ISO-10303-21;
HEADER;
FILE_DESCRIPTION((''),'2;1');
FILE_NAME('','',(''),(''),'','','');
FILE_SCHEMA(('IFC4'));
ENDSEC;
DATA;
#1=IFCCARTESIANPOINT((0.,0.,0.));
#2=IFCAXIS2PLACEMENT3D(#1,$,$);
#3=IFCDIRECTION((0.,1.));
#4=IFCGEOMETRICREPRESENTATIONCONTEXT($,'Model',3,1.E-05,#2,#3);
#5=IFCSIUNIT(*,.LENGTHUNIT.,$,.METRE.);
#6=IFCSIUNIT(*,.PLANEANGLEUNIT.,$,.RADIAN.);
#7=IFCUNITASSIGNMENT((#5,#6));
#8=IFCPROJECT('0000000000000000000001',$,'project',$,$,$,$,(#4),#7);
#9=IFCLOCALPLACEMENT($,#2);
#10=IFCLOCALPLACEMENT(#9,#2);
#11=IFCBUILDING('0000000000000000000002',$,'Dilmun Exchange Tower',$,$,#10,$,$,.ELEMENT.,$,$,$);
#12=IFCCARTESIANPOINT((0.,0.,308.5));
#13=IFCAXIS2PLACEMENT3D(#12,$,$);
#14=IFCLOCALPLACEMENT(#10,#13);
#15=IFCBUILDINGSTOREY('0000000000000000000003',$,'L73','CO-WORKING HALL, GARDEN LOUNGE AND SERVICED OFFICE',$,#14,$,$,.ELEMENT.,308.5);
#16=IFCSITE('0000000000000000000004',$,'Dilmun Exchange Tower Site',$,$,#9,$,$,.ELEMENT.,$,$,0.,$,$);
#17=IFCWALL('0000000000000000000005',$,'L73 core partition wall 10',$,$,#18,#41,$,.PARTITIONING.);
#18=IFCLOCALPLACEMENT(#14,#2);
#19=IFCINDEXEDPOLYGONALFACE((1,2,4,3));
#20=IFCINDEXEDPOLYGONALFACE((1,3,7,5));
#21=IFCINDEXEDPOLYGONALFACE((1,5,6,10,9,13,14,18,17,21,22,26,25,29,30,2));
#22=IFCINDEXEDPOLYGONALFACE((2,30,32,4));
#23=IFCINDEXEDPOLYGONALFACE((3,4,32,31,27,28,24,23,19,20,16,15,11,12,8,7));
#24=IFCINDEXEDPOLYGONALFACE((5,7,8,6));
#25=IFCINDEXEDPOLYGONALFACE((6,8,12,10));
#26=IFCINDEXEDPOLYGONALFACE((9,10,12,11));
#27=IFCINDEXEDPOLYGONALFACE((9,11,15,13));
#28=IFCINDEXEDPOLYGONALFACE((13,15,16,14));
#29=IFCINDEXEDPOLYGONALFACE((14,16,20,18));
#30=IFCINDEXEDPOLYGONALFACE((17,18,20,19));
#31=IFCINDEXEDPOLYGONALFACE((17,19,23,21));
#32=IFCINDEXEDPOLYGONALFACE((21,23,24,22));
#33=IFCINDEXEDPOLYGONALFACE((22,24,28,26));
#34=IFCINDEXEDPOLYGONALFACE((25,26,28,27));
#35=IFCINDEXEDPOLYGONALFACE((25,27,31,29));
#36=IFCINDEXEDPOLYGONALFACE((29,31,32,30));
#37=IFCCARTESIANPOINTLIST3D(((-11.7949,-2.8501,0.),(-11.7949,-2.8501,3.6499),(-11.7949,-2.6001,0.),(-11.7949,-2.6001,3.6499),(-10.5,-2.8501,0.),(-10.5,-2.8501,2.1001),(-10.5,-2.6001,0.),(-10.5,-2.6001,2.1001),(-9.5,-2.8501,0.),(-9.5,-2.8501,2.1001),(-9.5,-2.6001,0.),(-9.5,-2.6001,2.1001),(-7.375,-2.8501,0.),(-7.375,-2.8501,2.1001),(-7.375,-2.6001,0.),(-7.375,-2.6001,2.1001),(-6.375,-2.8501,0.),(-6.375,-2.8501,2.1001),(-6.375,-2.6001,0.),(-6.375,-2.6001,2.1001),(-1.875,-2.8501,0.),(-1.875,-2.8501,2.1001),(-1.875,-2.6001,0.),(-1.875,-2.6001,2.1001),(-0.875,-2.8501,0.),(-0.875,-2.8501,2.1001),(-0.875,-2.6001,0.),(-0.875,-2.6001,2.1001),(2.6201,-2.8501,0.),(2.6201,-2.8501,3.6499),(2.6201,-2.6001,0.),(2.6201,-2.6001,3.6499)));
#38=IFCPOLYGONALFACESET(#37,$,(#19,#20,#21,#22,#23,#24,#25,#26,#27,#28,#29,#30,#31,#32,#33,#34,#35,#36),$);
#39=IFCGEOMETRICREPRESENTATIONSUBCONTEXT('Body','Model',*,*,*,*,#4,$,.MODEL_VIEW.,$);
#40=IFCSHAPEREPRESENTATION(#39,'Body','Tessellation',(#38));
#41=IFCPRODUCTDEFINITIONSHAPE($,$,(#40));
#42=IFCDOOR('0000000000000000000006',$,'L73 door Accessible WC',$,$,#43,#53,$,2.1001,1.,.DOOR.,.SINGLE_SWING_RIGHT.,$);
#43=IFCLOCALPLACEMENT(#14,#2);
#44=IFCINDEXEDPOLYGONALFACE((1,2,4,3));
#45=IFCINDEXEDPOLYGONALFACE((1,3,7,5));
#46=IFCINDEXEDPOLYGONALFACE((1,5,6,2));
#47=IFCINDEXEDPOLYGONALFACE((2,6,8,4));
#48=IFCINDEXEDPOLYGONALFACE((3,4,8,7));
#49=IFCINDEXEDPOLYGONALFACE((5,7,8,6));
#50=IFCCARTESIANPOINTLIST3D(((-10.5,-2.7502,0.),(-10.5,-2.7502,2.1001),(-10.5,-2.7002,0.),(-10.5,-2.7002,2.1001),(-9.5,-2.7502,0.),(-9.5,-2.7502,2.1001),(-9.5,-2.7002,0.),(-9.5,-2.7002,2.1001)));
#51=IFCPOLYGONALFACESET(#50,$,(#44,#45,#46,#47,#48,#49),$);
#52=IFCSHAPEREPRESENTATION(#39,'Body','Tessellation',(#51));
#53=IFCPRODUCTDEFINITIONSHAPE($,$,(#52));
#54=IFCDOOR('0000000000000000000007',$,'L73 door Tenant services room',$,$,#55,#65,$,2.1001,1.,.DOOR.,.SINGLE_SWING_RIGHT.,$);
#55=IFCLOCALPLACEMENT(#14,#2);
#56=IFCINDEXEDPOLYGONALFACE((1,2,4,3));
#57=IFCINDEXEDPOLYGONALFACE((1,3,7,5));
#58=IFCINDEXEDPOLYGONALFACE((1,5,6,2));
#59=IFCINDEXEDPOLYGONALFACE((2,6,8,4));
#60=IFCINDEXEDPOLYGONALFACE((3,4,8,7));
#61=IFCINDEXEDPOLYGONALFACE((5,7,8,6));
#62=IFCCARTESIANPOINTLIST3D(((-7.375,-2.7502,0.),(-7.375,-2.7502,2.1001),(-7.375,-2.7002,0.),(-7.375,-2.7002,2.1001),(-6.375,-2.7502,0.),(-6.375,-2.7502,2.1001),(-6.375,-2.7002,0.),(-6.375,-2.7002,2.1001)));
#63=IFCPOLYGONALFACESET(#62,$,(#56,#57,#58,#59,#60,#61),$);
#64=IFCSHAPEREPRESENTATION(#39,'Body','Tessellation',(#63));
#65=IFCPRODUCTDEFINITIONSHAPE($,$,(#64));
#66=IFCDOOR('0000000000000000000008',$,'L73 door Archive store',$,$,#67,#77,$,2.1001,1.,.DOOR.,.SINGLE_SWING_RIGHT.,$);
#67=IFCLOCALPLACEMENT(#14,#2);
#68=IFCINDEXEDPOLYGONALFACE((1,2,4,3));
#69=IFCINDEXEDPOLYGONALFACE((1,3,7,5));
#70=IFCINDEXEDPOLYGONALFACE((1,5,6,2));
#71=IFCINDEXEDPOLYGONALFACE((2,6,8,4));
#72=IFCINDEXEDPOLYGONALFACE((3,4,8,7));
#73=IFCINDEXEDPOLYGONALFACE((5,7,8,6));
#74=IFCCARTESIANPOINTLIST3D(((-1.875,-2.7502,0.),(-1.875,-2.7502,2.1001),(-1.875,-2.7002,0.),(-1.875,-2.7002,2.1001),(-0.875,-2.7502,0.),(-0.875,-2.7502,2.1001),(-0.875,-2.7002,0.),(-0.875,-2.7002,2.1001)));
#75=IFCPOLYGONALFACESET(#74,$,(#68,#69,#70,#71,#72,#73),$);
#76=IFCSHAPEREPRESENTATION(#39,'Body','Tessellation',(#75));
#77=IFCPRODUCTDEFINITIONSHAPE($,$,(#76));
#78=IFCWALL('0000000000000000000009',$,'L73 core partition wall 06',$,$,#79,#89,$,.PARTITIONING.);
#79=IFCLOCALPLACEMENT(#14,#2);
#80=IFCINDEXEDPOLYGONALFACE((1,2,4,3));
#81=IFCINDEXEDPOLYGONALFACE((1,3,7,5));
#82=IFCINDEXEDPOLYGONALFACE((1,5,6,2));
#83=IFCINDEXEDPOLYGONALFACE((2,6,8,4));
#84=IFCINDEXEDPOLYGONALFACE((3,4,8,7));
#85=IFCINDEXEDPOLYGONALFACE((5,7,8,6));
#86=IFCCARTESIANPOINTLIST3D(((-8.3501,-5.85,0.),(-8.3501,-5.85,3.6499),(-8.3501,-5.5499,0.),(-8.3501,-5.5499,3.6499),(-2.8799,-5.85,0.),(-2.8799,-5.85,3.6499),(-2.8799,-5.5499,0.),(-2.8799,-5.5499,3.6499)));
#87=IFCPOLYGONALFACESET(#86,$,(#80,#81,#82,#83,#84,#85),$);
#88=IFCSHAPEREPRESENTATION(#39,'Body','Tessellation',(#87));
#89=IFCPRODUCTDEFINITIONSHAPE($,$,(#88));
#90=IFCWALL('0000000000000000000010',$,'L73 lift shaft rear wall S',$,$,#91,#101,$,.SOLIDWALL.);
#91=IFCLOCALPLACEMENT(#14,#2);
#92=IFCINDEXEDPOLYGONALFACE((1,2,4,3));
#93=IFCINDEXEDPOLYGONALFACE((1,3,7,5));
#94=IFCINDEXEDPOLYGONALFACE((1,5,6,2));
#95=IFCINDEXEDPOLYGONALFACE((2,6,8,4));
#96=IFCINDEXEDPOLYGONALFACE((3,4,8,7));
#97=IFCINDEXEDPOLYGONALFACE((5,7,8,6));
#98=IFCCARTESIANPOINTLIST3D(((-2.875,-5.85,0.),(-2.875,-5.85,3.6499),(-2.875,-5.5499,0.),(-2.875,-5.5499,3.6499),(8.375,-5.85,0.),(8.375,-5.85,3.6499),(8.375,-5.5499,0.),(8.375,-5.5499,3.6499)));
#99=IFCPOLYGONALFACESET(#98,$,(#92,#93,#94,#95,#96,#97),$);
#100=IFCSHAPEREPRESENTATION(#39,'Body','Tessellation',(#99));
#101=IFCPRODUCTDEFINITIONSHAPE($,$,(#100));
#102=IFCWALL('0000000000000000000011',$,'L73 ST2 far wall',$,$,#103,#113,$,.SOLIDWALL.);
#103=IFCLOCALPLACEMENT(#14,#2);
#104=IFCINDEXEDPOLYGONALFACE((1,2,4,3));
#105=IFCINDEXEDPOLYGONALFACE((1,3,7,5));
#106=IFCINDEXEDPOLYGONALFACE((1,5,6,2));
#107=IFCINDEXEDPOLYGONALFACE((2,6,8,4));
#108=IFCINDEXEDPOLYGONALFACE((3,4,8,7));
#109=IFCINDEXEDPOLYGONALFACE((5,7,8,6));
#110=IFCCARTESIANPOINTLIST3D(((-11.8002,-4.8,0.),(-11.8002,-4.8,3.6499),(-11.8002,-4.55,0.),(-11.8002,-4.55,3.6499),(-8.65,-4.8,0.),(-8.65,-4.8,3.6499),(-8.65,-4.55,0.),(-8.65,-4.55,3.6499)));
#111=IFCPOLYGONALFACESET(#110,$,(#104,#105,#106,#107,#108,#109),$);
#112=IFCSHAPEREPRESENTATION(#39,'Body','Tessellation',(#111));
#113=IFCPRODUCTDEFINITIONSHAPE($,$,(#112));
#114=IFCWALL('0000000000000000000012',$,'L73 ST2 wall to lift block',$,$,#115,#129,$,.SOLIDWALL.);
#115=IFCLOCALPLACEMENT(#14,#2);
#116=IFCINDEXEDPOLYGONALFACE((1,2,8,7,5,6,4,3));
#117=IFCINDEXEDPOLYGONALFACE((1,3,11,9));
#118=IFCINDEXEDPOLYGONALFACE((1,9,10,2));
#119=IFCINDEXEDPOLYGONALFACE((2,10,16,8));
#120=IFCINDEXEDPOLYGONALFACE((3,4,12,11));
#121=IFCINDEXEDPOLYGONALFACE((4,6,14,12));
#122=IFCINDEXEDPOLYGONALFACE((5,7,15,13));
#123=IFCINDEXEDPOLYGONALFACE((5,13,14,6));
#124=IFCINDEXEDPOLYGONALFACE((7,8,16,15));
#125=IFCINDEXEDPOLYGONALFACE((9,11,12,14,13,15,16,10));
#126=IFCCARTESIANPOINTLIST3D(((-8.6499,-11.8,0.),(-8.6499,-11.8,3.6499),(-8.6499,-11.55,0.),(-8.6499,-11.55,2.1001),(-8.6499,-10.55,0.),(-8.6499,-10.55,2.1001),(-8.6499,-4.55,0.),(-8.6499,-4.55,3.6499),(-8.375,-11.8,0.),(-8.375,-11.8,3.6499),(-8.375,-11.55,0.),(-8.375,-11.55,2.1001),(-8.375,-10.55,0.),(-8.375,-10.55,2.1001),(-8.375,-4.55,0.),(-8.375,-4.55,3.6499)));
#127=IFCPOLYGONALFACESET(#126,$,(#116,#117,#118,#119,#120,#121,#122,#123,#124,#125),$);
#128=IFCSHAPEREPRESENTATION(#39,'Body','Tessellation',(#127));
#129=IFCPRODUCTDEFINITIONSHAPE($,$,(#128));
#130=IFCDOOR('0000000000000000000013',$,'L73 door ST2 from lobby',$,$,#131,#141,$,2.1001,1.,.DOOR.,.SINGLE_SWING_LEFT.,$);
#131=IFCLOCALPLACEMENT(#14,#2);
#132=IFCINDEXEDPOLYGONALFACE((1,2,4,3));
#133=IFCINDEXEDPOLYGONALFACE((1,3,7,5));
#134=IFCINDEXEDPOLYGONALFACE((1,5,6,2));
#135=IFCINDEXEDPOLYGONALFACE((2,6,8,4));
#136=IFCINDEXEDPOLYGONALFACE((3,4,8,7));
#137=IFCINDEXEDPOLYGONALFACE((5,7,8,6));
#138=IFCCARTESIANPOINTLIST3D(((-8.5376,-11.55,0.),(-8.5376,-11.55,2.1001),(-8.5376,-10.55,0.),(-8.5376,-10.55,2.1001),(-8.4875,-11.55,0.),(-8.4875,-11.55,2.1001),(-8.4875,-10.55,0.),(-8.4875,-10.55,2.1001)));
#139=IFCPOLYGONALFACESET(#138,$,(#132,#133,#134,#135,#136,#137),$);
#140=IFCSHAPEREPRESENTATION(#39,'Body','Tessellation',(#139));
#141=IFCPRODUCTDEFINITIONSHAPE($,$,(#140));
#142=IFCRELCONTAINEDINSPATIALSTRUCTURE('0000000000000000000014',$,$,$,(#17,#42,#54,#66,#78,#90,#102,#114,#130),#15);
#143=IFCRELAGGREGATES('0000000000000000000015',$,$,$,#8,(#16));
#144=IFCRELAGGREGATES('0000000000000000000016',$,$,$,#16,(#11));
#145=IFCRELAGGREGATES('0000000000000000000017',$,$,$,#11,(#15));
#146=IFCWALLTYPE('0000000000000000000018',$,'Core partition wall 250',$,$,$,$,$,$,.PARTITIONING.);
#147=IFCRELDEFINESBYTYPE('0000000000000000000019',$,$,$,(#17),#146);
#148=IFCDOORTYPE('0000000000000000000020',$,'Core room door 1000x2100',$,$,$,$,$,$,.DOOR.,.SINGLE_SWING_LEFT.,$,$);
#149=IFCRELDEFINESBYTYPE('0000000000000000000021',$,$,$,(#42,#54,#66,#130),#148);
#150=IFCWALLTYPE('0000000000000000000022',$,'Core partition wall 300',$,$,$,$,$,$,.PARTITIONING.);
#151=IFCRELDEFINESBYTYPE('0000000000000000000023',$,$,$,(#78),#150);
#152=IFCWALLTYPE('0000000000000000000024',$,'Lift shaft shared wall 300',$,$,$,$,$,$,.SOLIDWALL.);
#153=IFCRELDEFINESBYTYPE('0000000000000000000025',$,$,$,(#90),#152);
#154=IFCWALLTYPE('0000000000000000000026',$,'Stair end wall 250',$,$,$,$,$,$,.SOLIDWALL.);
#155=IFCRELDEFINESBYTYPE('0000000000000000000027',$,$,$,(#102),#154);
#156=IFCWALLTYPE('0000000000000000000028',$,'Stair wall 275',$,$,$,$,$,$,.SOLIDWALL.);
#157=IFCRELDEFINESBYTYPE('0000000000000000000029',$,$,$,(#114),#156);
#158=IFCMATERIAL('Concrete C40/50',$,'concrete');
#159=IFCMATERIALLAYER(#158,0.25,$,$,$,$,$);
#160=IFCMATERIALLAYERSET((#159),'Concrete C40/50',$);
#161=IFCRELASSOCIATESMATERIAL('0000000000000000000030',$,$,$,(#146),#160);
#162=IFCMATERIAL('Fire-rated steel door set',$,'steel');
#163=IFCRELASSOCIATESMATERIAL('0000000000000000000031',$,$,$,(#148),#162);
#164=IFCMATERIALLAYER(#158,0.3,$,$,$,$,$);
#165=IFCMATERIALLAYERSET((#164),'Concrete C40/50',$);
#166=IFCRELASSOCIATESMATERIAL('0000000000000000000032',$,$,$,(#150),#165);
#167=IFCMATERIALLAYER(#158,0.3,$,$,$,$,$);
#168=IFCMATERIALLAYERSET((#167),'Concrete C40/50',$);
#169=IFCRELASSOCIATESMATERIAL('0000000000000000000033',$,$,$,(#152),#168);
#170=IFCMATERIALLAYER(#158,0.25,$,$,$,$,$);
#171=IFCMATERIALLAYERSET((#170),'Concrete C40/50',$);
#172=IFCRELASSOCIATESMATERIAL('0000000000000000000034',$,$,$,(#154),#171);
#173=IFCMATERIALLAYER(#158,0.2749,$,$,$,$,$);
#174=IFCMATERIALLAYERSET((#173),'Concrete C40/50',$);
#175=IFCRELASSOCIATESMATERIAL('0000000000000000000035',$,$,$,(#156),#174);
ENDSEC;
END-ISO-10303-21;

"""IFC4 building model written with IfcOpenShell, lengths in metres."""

from ifc_helpers import new_model, si_unit, direction, frame, frame_2d, origin, place, context, subcontext, project, spatial, rectangle, extrude, material, layer, layer_set, type_object, element, fill, save


model = new_model("IFC4")

# Units and contexts
model_context = context("Model", 3, precision=1e-05, world=origin(), true_north=direction((0.0, 1.0)))
body_context = subcontext(model_context, "Body", "Model", "MODEL_VIEW")
ifc_project = project(units=[si_unit("LENGTHUNIT", "METRE"), si_unit("PLANEANGLEUNIT", "RADIAN")], contexts=[model_context])

# Site, building, storey
site_placement = place(None, origin())
site = spatial("IfcSite", under=ifc_project, at=site_placement, Name="Dilmun Exchange Tower Site", CompositionType="ELEMENT", RefElevation=0.0)
building_placement = place(site_placement, origin())
building = spatial("IfcBuilding", under=site, at=building_placement, Name="Dilmun Exchange Tower", CompositionType="ELEMENT")
storey_placement = place(building_placement, frame((0.0, 0.0, 308.5)))
storey = spatial("IfcBuildingStorey", under=building, at=storey_placement, Name="L73", Description="CO-WORKING HALL, GARDEN LOUNGE AND SERVICED OFFICE", CompositionType="ELEMENT", Elevation=308.5)

# Shared definitions
ifc_material_1 = material(Name="Concrete C40/50", Category="concrete")

# Shared definitions
ifc_layer_1 = layer(ifc_material_1, 0.25)
ifc_layer_set_1 = layer_set([ifc_layer_1], Name="Concrete C40/50")
wall_type_1 = type_object("IfcWallType", Name="Core partition wall 250", PredefinedType="PARTITIONING", material=ifc_layer_set_1)

# Wall, openings, doors
wall_1_placement = place(storey_placement, frame((-11.7949, -2.7251, 0.0), z_axis=(0.0, 0.0, 1.0), x_axis=(1.0, 0.0, 0.0)))
wall_1 = element("IfcWall", 1, at=wall_1_placement, inside=storey, type_object=wall_type_1, Name="L73 core partition wall 10", PredefinedType="PARTITIONING", context=body_context, shape_type="SweptSolid", body=[
    extrude(rectangle(XDim=14.415, YDim=0.25, at=frame_2d((7.2075, 0.0))), origin(), (0.0, 0.0, 1.0), 3.6499),
])
opening_1_placement = place(wall_1_placement, frame((1.2949, 0.0, 0.0)))
opening_1 = element("IfcOpeningElement", 2, at=opening_1_placement, cuts=wall_1, PredefinedType="OPENING", context=body_context, shape_type="SweptSolid", body=[
    extrude(rectangle(XDim=1.0, YDim=2.1001, at=frame_2d((0.5, 1.05))), frame((0.0, 0.135, 0.0), z_axis=(0.0, -1.0, 0.0), x_axis=(1.0, 0.0, 0.0)), (0.0, 0.0, 1.0), 0.27),
])
opening_2_placement = place(wall_1_placement, frame((4.4199, 0.0, 0.0)))
opening_2 = element("IfcOpeningElement", 3, at=opening_2_placement, cuts=wall_1, PredefinedType="OPENING", context=body_context, shape_type="SweptSolid", body=[
    extrude(rectangle(XDim=1.0, YDim=2.1001, at=frame_2d((0.5, 1.05))), frame((0.0, 0.135, 0.0), z_axis=(0.0, -1.0, 0.0), x_axis=(1.0, 0.0, 0.0)), (0.0, 0.0, 1.0), 0.27),
])
opening_3_placement = place(wall_1_placement, frame((9.9199, 0.0, 0.0)))
opening_3 = element("IfcOpeningElement", 4, at=opening_3_placement, cuts=wall_1, PredefinedType="OPENING", context=body_context, shape_type="SweptSolid", body=[
    extrude(rectangle(XDim=1.0, YDim=2.1001, at=frame_2d((0.5, 1.05))), frame((0.0, 0.135, 0.0), z_axis=(0.0, -1.0, 0.0), x_axis=(1.0, 0.0, 0.0)), (0.0, 0.0, 1.0), 0.27),
])
ifc_material_2 = material(Name="Fire-rated steel door set", Category="steel")
door_type = type_object("IfcDoorType", Name="Core room door 1000x2100", OperationType="SINGLE_SWING_LEFT", PredefinedType="DOOR", material=ifc_material_2)
door_1_placement = place(opening_1_placement, origin())
door_1 = element("IfcDoor", 5, at=door_1_placement, inside=storey, type_object=door_type, Name="L73 door Accessible WC", OperationType="SINGLE_SWING_RIGHT", OverallHeight=2.1001, OverallWidth=1.0, PredefinedType="DOOR", context=body_context, shape_type="SweptSolid", body=[
    extrude(rectangle(XDim=1.0, YDim=2.1001, at=frame_2d((0.5, 1.05))), frame((0.0, 0.0249, 0.0), z_axis=(0.0, -1.0, 0.0), x_axis=(1.0, 0.0, 0.0)), (0.0, 0.0, 1.0), 0.05),
])
fill(opening_1, door_1)
door_2_placement = place(opening_2_placement, origin())
door_2 = element("IfcDoor", 6, at=door_2_placement, inside=storey, type_object=door_type, Name="L73 door Tenant services room", OperationType="SINGLE_SWING_RIGHT", OverallHeight=2.1001, OverallWidth=1.0, PredefinedType="DOOR", context=body_context, shape_type="SweptSolid", body=[
    extrude(rectangle(XDim=1.0, YDim=2.1001, at=frame_2d((0.5, 1.05))), frame((0.0, 0.0249, 0.0), z_axis=(0.0, -1.0, 0.0), x_axis=(1.0, 0.0, 0.0)), (0.0, 0.0, 1.0), 0.05),
])
fill(opening_2, door_2)
door_3_placement = place(opening_3_placement, origin())
door_3 = element("IfcDoor", 7, at=door_3_placement, inside=storey, type_object=door_type, Name="L73 door Archive store", OperationType="SINGLE_SWING_RIGHT", OverallHeight=2.1001, OverallWidth=1.0, PredefinedType="DOOR", context=body_context, shape_type="SweptSolid", body=[
    extrude(rectangle(XDim=1.0, YDim=2.1001, at=frame_2d((0.5, 1.05))), frame((0.0, 0.0249, 0.0), z_axis=(0.0, -1.0, 0.0), x_axis=(1.0, 0.0, 0.0)), (0.0, 0.0, 1.0), 0.05),
])
fill(opening_3, door_3)

# Walls
ifc_layer_2 = layer(ifc_material_1, 0.3)
ifc_layer_set_2 = layer_set([ifc_layer_2], Name="Concrete C40/50")
wall_type_2 = type_object("IfcWallType", Name="Core partition wall 300", PredefinedType="PARTITIONING", material=ifc_layer_set_2)
wall_2_placement = place(storey_placement, frame((-8.3501, -5.7, 0.0), z_axis=(0.0, 0.0, 1.0), x_axis=(1.0, 0.0, 0.0)))
element("IfcWall", 8, at=wall_2_placement, inside=storey, type_object=wall_type_2, Name="L73 core partition wall 06", PredefinedType="PARTITIONING", context=body_context, shape_type="SweptSolid", body=[
    extrude(rectangle(XDim=5.4702, YDim=0.3, at=frame_2d((2.7351, 0.0))), origin(), (0.0, 0.0, 1.0), 3.6499),
])
ifc_layer_3 = layer(ifc_material_1, 0.3)
ifc_layer_set_3 = layer_set([ifc_layer_3], Name="Concrete C40/50")
wall_type_3 = type_object("IfcWallType", Name="Lift shaft shared wall 300", PredefinedType="SOLIDWALL", material=ifc_layer_set_3)
wall_3_placement = place(storey_placement, frame((-2.875, -5.7, 0.0), z_axis=(0.0, 0.0, 1.0), x_axis=(1.0, 0.0, 0.0)))
element("IfcWall", 9, at=wall_3_placement, inside=storey, type_object=wall_type_3, Name="L73 lift shaft rear wall S", PredefinedType="SOLIDWALL", context=body_context, shape_type="SweptSolid", body=[
    extrude(rectangle(XDim=11.25, YDim=0.3, at=frame_2d((5.625, 0.0))), origin(), (0.0, 0.0, 1.0), 3.6499),
])
ifc_layer_4 = layer(ifc_material_1, 0.25)
ifc_layer_set_4 = layer_set([ifc_layer_4], Name="Concrete C40/50")
wall_type_4 = type_object("IfcWallType", Name="Stair end wall 250", PredefinedType="SOLIDWALL", material=ifc_layer_set_4)
wall_4_placement = place(storey_placement, frame((-8.6499, -4.675, 0.0), z_axis=(0.0, 0.0, 1.0), x_axis=(-1.0, 0.0, 0.0)))
element("IfcWall", 10, at=wall_4_placement, inside=storey, type_object=wall_type_4, Name="L73 ST2 far wall", PredefinedType="SOLIDWALL", context=body_context, shape_type="SweptSolid", body=[
    extrude(rectangle(XDim=3.1501, YDim=0.25, at=frame_2d((1.5752, 0.0))), origin(), (0.0, 0.0, 1.0), 3.6499),
])

# Wall, opening, door
ifc_layer_5 = layer(ifc_material_1, 0.2749)
ifc_layer_set_5 = layer_set([ifc_layer_5], Name="Concrete C40/50")
wall_type_5 = type_object("IfcWallType", Name="Stair wall 275", PredefinedType="SOLIDWALL", material=ifc_layer_set_5)
wall_5_placement = place(storey_placement, frame((-8.5125, -4.55, 0.0), z_axis=(0.0, 0.0, 1.0), x_axis=(0.0, -1.0, 0.0)))
wall_5 = element("IfcWall", 11, at=wall_5_placement, inside=storey, type_object=wall_type_5, Name="L73 ST2 wall to lift block", PredefinedType="SOLIDWALL", context=body_context, shape_type="SweptSolid", body=[
    extrude(rectangle(XDim=7.25, YDim=0.2749, at=frame_2d((3.625, 0.0))), origin(), (0.0, 0.0, 1.0), 3.6499),
])
opening_4_placement = place(wall_5_placement, frame((6.0, 0.0, 0.0)))
opening_4 = element("IfcOpeningElement", 12, at=opening_4_placement, cuts=wall_5, PredefinedType="OPENING", context=body_context, shape_type="SweptSolid", body=[
    extrude(rectangle(XDim=1.0, YDim=2.1001, at=frame_2d((0.5, 1.05))), frame((0.0, 0.1475, 0.0), z_axis=(0.0, -1.0, 0.0), x_axis=(1.0, 0.0, 0.0)), (0.0, 0.0, 1.0), 0.2949),
])
door_4_placement = place(opening_4_placement, origin())
door_4 = element("IfcDoor", 13, at=door_4_placement, inside=storey, type_object=door_type, Name="L73 door ST2 from lobby", OperationType="SINGLE_SWING_LEFT", OverallHeight=2.1001, OverallWidth=1.0, PredefinedType="DOOR", context=body_context, shape_type="SweptSolid", body=[
    extrude(rectangle(XDim=1.0, YDim=2.1001, at=frame_2d((0.5, 1.05))), frame((0.0, 0.0249, 0.0), z_axis=(0.0, -1.0, 0.0), x_axis=(1.0, 0.0, 0.0)), (0.0, 0.0, 1.0), 0.05),
])
fill(opening_4, door_4)

save(model, "model.ifc")
